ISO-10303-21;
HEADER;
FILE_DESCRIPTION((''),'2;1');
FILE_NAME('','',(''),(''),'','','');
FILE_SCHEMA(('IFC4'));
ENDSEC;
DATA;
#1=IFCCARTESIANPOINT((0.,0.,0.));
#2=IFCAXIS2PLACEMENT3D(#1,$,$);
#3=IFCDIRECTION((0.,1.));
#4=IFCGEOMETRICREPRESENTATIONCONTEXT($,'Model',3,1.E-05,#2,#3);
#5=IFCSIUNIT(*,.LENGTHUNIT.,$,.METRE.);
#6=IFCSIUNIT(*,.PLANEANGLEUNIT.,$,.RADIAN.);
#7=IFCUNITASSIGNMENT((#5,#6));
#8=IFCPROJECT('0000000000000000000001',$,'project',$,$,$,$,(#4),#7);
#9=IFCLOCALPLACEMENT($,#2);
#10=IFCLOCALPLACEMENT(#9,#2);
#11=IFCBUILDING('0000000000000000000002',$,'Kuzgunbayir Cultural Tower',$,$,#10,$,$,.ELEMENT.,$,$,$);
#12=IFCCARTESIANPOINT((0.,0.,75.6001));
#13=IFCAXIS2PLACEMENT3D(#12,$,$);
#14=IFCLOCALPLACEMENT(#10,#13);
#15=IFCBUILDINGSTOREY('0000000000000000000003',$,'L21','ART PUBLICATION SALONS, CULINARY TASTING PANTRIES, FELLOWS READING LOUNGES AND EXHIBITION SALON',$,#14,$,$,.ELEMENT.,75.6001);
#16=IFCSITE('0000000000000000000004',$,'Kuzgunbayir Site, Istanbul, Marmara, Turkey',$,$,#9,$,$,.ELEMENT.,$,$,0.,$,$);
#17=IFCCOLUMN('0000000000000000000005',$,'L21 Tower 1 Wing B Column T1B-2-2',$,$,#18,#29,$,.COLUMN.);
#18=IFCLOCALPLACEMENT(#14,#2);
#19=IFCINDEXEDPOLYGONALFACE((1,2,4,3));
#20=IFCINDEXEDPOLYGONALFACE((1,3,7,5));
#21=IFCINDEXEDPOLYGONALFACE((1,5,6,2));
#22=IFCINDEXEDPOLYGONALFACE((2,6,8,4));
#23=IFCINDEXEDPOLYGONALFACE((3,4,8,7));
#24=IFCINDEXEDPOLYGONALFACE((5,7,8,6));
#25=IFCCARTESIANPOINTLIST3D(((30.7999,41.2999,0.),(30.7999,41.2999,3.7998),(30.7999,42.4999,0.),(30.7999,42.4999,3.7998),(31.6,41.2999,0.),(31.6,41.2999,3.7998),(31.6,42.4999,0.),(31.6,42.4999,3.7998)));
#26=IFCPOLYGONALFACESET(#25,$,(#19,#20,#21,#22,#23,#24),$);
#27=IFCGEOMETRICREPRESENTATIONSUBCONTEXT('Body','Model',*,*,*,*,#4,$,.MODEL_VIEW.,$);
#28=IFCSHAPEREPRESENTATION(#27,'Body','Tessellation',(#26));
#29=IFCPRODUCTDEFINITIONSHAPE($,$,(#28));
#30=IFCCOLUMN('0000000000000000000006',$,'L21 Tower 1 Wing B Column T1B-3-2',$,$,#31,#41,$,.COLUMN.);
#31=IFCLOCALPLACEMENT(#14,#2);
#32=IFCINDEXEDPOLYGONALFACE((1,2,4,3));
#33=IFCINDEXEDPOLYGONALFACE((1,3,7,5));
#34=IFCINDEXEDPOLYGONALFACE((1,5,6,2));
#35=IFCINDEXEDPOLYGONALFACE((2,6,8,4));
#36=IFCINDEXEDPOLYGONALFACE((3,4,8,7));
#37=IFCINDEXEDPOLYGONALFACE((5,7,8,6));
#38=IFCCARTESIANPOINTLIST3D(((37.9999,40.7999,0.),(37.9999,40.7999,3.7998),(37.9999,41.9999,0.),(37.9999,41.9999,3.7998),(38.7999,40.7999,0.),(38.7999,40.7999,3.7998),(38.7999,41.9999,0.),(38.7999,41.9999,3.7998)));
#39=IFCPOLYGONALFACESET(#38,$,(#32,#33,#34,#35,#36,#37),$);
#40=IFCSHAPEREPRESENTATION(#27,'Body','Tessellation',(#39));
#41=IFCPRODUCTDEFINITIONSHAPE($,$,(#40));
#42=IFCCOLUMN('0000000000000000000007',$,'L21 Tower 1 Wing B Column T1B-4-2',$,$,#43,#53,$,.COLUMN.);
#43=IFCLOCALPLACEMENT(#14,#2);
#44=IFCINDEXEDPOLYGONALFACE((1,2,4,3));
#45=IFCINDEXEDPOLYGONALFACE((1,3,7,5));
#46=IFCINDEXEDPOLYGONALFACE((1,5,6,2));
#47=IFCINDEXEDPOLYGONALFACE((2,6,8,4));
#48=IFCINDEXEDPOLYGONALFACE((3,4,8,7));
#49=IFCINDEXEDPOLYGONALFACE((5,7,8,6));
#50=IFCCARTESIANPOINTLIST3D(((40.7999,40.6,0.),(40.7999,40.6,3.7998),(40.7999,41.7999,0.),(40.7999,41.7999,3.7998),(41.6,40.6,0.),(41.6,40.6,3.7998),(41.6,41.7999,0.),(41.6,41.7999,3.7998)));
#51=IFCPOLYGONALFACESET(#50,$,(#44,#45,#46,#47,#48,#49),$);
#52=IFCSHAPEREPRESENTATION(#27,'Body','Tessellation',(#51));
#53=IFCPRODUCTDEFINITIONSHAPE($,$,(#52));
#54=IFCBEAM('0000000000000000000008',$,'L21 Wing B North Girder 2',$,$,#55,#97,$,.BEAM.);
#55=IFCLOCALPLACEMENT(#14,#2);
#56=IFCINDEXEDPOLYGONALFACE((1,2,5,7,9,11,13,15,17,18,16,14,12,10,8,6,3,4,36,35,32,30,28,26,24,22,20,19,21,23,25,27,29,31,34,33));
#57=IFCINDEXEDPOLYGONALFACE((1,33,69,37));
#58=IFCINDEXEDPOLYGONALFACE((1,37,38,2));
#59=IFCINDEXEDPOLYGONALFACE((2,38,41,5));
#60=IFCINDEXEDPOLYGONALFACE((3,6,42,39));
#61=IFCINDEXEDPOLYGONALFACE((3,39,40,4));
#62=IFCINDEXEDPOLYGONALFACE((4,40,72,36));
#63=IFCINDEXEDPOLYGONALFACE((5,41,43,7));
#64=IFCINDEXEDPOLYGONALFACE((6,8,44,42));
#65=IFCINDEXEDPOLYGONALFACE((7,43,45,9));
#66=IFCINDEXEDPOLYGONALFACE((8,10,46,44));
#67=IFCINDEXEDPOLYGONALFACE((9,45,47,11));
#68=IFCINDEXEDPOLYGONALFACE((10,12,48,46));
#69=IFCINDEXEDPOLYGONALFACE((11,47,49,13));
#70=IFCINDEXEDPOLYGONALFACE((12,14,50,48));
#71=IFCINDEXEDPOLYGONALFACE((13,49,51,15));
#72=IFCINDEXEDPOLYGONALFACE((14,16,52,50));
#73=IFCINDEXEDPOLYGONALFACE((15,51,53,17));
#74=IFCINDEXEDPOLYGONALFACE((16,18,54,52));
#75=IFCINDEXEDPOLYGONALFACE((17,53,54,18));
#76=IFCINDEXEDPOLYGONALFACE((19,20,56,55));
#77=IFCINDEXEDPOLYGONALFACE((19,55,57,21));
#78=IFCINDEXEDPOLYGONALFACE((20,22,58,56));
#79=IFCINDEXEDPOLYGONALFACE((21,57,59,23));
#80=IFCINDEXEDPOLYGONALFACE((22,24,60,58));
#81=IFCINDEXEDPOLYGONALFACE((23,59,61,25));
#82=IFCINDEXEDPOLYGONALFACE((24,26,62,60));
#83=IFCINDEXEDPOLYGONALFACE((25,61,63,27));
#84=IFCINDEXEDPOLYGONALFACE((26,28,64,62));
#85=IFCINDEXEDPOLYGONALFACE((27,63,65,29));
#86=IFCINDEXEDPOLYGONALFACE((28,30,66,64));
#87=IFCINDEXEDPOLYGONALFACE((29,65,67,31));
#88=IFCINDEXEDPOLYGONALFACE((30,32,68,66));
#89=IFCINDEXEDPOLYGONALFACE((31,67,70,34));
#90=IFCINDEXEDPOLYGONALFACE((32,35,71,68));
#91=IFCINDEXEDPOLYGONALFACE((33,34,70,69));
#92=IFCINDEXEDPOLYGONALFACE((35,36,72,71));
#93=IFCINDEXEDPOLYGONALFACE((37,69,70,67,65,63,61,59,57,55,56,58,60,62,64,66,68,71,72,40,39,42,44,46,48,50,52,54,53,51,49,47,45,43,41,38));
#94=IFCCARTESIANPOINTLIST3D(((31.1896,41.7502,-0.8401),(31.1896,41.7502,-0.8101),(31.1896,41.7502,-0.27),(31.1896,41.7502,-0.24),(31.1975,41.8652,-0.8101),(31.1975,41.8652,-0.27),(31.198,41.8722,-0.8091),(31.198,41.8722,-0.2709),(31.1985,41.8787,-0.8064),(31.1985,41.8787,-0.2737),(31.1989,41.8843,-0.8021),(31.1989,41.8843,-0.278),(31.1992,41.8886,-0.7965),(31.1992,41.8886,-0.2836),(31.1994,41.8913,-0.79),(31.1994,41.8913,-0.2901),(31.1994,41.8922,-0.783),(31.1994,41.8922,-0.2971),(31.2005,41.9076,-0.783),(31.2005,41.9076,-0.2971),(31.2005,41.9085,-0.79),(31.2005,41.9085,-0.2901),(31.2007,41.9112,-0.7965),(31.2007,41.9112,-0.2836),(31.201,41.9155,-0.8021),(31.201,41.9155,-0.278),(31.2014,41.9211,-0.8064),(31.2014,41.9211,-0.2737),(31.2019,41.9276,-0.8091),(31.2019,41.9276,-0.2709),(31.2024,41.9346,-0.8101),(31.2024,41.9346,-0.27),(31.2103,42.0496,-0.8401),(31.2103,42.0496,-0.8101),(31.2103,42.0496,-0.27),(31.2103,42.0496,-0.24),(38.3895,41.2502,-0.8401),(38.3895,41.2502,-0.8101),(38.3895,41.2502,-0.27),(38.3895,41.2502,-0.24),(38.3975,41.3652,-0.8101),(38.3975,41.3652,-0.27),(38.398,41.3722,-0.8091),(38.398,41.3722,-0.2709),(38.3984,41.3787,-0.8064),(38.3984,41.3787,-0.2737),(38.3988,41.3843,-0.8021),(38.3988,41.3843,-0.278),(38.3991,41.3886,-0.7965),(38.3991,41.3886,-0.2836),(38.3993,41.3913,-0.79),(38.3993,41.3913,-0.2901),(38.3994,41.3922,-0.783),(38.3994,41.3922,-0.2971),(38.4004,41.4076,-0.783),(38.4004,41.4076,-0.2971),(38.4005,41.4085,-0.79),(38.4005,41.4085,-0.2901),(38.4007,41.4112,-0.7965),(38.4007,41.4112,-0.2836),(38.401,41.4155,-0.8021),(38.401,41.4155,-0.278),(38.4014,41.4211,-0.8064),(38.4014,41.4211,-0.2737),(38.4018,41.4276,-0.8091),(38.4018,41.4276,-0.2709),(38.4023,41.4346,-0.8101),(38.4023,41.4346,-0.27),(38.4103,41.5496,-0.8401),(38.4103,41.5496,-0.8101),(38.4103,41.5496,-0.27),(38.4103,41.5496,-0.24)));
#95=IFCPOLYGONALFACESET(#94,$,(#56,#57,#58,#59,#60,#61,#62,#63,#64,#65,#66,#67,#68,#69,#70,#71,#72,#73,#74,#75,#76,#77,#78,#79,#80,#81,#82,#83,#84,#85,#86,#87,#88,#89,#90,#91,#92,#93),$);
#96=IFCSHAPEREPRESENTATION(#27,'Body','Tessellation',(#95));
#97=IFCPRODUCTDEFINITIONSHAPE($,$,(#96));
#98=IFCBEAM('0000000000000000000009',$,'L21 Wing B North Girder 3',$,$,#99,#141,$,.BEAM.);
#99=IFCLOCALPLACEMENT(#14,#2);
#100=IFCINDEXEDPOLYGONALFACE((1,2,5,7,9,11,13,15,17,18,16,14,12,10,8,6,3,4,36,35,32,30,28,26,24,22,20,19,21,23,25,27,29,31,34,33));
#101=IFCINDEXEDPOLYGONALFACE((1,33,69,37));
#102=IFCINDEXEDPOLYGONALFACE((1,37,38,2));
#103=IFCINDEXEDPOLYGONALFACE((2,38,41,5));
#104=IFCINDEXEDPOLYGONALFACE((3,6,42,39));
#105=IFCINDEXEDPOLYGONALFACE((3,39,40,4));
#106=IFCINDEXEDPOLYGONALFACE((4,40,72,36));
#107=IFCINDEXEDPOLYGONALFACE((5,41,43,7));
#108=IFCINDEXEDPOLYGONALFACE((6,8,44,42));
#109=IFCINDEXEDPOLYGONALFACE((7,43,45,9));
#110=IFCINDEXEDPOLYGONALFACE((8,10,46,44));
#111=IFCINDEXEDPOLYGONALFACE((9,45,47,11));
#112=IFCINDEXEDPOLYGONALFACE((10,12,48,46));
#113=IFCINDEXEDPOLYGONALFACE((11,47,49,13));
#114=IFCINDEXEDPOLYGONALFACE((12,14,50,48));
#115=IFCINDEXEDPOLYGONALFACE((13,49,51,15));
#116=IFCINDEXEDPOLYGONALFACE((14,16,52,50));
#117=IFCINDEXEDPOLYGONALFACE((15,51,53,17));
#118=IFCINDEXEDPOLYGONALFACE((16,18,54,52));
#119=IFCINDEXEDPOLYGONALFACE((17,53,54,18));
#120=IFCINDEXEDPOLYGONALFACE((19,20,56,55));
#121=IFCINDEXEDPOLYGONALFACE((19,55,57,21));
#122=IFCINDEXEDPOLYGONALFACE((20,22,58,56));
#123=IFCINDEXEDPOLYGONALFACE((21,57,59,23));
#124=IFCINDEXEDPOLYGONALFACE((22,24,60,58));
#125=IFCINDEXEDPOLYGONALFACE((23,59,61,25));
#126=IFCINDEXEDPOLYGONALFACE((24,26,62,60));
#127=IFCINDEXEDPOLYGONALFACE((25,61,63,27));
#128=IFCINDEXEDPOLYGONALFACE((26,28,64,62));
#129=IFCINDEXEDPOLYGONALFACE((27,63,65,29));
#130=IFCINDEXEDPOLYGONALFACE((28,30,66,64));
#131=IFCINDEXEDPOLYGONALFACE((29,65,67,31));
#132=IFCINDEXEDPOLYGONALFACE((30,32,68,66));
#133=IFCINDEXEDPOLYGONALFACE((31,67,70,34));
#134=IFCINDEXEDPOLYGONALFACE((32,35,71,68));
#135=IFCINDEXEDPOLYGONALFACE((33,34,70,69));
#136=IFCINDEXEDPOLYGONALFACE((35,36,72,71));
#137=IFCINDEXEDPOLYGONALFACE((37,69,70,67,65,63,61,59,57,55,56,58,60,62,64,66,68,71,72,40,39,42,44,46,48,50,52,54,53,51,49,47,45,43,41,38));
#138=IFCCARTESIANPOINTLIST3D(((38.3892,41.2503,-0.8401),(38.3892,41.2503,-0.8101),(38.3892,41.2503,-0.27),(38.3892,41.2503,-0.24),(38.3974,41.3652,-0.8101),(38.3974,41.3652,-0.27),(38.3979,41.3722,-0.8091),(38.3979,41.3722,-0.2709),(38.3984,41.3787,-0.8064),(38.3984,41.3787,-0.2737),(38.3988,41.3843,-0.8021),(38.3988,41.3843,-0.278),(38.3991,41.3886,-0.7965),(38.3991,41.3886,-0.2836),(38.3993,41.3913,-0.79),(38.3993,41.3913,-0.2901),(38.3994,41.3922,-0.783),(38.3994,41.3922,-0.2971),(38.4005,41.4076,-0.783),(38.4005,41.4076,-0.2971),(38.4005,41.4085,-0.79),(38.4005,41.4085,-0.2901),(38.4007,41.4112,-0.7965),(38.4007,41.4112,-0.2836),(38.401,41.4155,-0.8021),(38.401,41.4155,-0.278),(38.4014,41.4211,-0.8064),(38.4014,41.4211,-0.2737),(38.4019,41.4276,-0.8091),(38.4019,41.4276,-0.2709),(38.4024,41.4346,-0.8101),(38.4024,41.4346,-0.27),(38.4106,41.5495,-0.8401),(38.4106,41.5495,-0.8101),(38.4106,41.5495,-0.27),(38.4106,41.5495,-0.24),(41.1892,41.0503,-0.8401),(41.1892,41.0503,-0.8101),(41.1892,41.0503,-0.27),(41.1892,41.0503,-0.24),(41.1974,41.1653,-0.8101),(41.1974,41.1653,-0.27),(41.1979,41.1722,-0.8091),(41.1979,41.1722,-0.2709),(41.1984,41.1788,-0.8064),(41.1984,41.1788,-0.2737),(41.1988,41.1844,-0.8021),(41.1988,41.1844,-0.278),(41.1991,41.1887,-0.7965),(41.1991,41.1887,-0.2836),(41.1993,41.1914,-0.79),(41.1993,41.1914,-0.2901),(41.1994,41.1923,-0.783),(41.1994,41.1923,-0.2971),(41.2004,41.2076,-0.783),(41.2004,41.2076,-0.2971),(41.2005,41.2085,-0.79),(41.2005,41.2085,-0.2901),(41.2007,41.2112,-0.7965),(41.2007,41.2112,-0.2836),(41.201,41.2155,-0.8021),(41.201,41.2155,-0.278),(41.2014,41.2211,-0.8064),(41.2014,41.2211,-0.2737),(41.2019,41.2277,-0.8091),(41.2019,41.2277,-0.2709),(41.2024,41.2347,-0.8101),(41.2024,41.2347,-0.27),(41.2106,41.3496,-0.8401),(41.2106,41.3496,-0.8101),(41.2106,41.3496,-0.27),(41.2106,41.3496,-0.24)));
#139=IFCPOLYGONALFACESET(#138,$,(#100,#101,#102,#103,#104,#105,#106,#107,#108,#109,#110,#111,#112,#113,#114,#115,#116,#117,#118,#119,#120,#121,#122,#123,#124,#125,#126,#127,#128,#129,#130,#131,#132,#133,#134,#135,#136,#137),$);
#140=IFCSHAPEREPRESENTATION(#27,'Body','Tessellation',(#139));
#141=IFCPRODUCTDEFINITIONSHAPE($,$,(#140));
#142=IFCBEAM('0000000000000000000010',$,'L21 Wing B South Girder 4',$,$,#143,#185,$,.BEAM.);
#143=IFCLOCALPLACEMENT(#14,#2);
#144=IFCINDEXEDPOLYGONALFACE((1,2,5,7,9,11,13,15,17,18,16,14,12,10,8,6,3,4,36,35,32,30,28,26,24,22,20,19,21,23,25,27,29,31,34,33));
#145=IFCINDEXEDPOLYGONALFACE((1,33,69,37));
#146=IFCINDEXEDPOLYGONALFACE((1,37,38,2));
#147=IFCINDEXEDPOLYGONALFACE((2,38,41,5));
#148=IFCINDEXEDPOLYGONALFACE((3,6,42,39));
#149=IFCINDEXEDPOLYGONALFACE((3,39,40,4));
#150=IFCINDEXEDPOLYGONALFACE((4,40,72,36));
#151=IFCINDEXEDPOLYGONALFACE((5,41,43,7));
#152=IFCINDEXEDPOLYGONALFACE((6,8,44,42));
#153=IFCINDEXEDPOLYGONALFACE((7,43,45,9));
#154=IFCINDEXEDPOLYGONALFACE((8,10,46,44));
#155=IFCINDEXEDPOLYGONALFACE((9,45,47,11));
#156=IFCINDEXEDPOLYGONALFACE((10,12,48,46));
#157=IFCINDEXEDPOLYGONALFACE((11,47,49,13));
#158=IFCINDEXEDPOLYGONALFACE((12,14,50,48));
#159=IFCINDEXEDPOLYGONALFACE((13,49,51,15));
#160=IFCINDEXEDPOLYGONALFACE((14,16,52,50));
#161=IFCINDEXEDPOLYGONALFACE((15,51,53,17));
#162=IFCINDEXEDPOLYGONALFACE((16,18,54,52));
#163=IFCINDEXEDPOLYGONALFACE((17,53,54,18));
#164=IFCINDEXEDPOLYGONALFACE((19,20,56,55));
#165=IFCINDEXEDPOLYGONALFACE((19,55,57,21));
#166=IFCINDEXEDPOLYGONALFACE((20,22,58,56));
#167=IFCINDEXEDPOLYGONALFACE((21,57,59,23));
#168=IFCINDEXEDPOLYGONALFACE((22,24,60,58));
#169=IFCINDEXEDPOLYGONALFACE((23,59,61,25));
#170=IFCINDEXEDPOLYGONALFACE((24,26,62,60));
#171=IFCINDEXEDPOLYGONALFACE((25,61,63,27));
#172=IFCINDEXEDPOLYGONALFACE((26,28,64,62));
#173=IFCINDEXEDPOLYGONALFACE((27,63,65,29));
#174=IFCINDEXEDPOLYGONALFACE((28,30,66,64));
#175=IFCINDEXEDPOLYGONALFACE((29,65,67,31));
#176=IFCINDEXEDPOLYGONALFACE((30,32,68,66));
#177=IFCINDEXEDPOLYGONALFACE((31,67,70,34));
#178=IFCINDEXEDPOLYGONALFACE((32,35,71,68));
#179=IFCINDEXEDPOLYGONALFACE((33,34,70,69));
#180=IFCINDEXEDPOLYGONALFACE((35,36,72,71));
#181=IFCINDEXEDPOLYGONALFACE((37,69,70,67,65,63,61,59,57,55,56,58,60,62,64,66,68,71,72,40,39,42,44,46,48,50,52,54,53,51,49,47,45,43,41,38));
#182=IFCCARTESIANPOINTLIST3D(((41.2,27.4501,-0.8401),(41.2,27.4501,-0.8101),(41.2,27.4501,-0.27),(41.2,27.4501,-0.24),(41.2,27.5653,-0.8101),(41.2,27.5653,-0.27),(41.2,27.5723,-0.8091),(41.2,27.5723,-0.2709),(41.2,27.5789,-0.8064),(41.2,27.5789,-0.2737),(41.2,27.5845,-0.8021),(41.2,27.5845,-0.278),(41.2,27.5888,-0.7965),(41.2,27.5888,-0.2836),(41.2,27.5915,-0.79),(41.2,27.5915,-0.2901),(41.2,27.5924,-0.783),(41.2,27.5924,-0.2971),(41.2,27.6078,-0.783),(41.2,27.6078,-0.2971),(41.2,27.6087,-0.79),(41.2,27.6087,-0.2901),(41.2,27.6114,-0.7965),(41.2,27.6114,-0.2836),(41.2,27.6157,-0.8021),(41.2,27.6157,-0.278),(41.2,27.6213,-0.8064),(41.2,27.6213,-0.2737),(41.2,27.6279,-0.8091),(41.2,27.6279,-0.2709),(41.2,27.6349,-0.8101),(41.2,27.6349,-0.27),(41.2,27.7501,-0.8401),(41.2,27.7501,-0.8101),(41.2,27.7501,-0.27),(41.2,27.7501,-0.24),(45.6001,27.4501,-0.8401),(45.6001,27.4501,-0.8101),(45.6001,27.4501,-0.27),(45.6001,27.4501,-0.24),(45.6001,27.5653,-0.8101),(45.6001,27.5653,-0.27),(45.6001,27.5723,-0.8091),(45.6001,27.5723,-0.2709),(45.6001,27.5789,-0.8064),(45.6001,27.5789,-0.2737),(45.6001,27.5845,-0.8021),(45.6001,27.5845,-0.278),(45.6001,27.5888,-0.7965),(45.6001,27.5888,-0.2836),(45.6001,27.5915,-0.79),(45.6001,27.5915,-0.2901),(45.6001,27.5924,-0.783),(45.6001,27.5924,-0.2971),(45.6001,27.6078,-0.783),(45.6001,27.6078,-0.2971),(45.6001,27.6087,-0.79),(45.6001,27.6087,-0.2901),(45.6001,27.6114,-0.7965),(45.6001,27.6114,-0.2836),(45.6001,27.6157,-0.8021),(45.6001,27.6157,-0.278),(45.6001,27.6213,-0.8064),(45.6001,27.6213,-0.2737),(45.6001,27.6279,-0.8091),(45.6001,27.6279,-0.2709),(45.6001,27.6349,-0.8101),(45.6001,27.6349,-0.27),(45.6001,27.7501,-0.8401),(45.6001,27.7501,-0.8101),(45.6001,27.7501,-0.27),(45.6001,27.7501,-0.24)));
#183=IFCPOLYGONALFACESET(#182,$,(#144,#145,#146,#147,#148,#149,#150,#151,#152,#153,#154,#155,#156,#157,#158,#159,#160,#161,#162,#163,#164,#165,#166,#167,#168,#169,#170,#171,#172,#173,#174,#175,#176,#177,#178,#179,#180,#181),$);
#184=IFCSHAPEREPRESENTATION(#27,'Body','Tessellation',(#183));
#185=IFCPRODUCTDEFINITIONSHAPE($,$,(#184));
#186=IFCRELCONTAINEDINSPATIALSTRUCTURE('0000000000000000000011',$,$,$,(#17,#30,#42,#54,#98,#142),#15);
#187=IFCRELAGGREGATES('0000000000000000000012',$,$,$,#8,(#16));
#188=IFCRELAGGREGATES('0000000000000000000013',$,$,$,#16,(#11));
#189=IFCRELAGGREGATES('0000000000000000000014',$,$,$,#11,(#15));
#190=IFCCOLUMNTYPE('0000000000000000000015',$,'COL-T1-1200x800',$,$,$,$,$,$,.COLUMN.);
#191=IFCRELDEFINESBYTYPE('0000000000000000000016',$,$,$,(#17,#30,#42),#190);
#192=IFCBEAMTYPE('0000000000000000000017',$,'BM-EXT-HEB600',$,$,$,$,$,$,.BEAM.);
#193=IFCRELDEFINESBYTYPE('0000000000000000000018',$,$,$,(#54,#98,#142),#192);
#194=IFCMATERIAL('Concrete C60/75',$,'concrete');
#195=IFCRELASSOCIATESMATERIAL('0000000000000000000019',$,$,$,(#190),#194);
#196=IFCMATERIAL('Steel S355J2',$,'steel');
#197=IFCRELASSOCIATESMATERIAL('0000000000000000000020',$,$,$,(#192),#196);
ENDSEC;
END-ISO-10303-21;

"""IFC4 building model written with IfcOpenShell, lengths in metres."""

from ifc_helpers import new_model, si_unit, direction, frame, origin, origin_2d, place, context, subcontext, project, spatial, rectangle, i_section, extrude, material, material_profile, profile_set, type_object, element, save


model = new_model("IFC4")

# Units and contexts
model_context = context("Model", 3, precision=1e-05, world=origin(), true_north=direction((0.0, 1.0)))
body_context = subcontext(model_context, "Body", "Model", "MODEL_VIEW")
ifc_project = project(units=[si_unit("LENGTHUNIT", "METRE"), si_unit("PLANEANGLEUNIT", "RADIAN")], contexts=[model_context])

# Site, building, storey
site_placement = place(None, origin())
site = spatial("IfcSite", under=ifc_project, at=site_placement, Name="Kuzgunbayir Site, Istanbul, Marmara, Turkey", CompositionType="ELEMENT", RefElevation=0.0)
building_placement = place(site_placement, origin())
building = spatial("IfcBuilding", under=site, at=building_placement, Name="Kuzgunbayir Cultural Tower", CompositionType="ELEMENT")
storey_placement = place(building_placement, frame((0.0, 0.0, 75.6001)))
storey = spatial("IfcBuildingStorey", under=building, at=storey_placement, Name="L21", Description="ART PUBLICATION SALONS, CULINARY TASTING PANTRIES, FELLOWS READING LOUNGES AND EXHIBITION SALON", CompositionType="ELEMENT", Elevation=75.6001)

# Columns
ifc_material_1 = material(Name="Concrete C60/75", Category="concrete")
ifc_material_profile_1 = material_profile(ifc_material_1, rectangle(XDim=0.8, YDim=1.2, at=origin_2d()), Name="RC 1200x800")
ifc_profile_set_1 = profile_set([ifc_material_profile_1], Name="Concrete C60/75")
column_type = type_object("IfcColumnType", Name="COL-T1-1200x800", PredefinedType="COLUMN", material=ifc_profile_set_1)
for number, where, z_axis, x_axis, name in (
    (1, (31.2, 41.8999, 0.0), (0.0, 0.0, 1.0), (1.0, 0.0, 0.0), "L21 Tower 1 Wing B Column T1B-2-2"),
    (2, (38.3999, 41.3999, 0.0), (0.0, 0.0, 1.0), (1.0, 0.0, 0.0), "L21 Tower 1 Wing B Column T1B-3-2"),
    (3, (41.2, 41.2, 0.0), (0.0, 0.0, 1.0), (1.0, 0.0, 0.0), "L21 Tower 1 Wing B Column T1B-4-2"),
):
    element("IfcColumn", number, at=place(storey_placement, frame(where, z_axis=z_axis, x_axis=x_axis)), inside=storey, type_object=column_type, Name=name, PredefinedType="COLUMN", context=body_context, shape_type="SweptSolid", body=[
        extrude(rectangle(XDim=0.8, YDim=1.2, at=origin_2d()), origin(), (0.0, 0.0, 1.0), 3.7998),
    ])

# Beams
ifc_material_2 = material(Name="Steel S355J2", Category="steel")
ifc_material_profile_2 = material_profile(ifc_material_2, i_section(OverallWidth=0.3, OverallDepth=0.6001, WebThickness=0.0154, FlangeThickness=0.03, FilletRadius=0.0271, at=origin_2d()), Name="HEB 600")
ifc_profile_set_2 = profile_set([ifc_material_profile_2], Name="Steel S355J2")
beam_type_1 = type_object("IfcBeamType", Name="BM-EXT-HEB600", PredefinedType="BEAM", material=ifc_profile_set_2)
beam_1_placement = place(storey_placement, frame((31.2, 41.8999, -0.54), z_axis=(0.997597, -0.069278, 0.0), x_axis=(0.069278, 0.997597, 0.0)))
element("IfcBeam", 4, at=beam_1_placement, inside=storey, type_object=beam_type_1, Name="L21 Wing B North Girder 2", PredefinedType="BEAM", context=body_context, shape_type="SweptSolid", body=[
    extrude(i_section(OverallWidth=0.3, OverallDepth=0.6001, WebThickness=0.0154, FlangeThickness=0.03, FilletRadius=0.0271, at=origin_2d()), origin(), (0.0, 0.0, 1.0), 7.2173),
])
beam_2_placement = place(storey_placement, frame((38.3999, 41.3999, -0.54), z_axis=(0.99746, -0.071229, 0.0), x_axis=(0.071229, 0.99746, 0.0)))
element("IfcBeam", 5, at=beam_2_placement, inside=storey, type_object=beam_type_1, Name="L21 Wing B North Girder 3", PredefinedType="BEAM", context=body_context, shape_type="SweptSolid", body=[
    extrude(i_section(OverallWidth=0.3, OverallDepth=0.6001, WebThickness=0.0154, FlangeThickness=0.03, FilletRadius=0.0271, at=origin_2d()), origin(), (0.0, 0.0, 1.0), 2.8071),
])
for number, where, z_axis, x_axis, name in (
    (6, (41.2, 27.6001, -0.54), (1.0, 0.0, 0.0), (0.0, 1.0, 0.0), "L21 Wing B South Girder 4"),
):
    element("IfcBeam", number, at=place(storey_placement, frame(where, z_axis=z_axis, x_axis=x_axis)), inside=storey, type_object=beam_type_1, Name=name, PredefinedType="BEAM", context=body_context, shape_type="SweptSolid", body=[
        extrude(i_section(OverallWidth=0.3, OverallDepth=0.6001, WebThickness=0.0154, FlangeThickness=0.03, FilletRadius=0.0271, at=origin_2d()), origin(), (0.0, 0.0, 1.0), 4.4001),
    ])

save(model, "model.ifc")
